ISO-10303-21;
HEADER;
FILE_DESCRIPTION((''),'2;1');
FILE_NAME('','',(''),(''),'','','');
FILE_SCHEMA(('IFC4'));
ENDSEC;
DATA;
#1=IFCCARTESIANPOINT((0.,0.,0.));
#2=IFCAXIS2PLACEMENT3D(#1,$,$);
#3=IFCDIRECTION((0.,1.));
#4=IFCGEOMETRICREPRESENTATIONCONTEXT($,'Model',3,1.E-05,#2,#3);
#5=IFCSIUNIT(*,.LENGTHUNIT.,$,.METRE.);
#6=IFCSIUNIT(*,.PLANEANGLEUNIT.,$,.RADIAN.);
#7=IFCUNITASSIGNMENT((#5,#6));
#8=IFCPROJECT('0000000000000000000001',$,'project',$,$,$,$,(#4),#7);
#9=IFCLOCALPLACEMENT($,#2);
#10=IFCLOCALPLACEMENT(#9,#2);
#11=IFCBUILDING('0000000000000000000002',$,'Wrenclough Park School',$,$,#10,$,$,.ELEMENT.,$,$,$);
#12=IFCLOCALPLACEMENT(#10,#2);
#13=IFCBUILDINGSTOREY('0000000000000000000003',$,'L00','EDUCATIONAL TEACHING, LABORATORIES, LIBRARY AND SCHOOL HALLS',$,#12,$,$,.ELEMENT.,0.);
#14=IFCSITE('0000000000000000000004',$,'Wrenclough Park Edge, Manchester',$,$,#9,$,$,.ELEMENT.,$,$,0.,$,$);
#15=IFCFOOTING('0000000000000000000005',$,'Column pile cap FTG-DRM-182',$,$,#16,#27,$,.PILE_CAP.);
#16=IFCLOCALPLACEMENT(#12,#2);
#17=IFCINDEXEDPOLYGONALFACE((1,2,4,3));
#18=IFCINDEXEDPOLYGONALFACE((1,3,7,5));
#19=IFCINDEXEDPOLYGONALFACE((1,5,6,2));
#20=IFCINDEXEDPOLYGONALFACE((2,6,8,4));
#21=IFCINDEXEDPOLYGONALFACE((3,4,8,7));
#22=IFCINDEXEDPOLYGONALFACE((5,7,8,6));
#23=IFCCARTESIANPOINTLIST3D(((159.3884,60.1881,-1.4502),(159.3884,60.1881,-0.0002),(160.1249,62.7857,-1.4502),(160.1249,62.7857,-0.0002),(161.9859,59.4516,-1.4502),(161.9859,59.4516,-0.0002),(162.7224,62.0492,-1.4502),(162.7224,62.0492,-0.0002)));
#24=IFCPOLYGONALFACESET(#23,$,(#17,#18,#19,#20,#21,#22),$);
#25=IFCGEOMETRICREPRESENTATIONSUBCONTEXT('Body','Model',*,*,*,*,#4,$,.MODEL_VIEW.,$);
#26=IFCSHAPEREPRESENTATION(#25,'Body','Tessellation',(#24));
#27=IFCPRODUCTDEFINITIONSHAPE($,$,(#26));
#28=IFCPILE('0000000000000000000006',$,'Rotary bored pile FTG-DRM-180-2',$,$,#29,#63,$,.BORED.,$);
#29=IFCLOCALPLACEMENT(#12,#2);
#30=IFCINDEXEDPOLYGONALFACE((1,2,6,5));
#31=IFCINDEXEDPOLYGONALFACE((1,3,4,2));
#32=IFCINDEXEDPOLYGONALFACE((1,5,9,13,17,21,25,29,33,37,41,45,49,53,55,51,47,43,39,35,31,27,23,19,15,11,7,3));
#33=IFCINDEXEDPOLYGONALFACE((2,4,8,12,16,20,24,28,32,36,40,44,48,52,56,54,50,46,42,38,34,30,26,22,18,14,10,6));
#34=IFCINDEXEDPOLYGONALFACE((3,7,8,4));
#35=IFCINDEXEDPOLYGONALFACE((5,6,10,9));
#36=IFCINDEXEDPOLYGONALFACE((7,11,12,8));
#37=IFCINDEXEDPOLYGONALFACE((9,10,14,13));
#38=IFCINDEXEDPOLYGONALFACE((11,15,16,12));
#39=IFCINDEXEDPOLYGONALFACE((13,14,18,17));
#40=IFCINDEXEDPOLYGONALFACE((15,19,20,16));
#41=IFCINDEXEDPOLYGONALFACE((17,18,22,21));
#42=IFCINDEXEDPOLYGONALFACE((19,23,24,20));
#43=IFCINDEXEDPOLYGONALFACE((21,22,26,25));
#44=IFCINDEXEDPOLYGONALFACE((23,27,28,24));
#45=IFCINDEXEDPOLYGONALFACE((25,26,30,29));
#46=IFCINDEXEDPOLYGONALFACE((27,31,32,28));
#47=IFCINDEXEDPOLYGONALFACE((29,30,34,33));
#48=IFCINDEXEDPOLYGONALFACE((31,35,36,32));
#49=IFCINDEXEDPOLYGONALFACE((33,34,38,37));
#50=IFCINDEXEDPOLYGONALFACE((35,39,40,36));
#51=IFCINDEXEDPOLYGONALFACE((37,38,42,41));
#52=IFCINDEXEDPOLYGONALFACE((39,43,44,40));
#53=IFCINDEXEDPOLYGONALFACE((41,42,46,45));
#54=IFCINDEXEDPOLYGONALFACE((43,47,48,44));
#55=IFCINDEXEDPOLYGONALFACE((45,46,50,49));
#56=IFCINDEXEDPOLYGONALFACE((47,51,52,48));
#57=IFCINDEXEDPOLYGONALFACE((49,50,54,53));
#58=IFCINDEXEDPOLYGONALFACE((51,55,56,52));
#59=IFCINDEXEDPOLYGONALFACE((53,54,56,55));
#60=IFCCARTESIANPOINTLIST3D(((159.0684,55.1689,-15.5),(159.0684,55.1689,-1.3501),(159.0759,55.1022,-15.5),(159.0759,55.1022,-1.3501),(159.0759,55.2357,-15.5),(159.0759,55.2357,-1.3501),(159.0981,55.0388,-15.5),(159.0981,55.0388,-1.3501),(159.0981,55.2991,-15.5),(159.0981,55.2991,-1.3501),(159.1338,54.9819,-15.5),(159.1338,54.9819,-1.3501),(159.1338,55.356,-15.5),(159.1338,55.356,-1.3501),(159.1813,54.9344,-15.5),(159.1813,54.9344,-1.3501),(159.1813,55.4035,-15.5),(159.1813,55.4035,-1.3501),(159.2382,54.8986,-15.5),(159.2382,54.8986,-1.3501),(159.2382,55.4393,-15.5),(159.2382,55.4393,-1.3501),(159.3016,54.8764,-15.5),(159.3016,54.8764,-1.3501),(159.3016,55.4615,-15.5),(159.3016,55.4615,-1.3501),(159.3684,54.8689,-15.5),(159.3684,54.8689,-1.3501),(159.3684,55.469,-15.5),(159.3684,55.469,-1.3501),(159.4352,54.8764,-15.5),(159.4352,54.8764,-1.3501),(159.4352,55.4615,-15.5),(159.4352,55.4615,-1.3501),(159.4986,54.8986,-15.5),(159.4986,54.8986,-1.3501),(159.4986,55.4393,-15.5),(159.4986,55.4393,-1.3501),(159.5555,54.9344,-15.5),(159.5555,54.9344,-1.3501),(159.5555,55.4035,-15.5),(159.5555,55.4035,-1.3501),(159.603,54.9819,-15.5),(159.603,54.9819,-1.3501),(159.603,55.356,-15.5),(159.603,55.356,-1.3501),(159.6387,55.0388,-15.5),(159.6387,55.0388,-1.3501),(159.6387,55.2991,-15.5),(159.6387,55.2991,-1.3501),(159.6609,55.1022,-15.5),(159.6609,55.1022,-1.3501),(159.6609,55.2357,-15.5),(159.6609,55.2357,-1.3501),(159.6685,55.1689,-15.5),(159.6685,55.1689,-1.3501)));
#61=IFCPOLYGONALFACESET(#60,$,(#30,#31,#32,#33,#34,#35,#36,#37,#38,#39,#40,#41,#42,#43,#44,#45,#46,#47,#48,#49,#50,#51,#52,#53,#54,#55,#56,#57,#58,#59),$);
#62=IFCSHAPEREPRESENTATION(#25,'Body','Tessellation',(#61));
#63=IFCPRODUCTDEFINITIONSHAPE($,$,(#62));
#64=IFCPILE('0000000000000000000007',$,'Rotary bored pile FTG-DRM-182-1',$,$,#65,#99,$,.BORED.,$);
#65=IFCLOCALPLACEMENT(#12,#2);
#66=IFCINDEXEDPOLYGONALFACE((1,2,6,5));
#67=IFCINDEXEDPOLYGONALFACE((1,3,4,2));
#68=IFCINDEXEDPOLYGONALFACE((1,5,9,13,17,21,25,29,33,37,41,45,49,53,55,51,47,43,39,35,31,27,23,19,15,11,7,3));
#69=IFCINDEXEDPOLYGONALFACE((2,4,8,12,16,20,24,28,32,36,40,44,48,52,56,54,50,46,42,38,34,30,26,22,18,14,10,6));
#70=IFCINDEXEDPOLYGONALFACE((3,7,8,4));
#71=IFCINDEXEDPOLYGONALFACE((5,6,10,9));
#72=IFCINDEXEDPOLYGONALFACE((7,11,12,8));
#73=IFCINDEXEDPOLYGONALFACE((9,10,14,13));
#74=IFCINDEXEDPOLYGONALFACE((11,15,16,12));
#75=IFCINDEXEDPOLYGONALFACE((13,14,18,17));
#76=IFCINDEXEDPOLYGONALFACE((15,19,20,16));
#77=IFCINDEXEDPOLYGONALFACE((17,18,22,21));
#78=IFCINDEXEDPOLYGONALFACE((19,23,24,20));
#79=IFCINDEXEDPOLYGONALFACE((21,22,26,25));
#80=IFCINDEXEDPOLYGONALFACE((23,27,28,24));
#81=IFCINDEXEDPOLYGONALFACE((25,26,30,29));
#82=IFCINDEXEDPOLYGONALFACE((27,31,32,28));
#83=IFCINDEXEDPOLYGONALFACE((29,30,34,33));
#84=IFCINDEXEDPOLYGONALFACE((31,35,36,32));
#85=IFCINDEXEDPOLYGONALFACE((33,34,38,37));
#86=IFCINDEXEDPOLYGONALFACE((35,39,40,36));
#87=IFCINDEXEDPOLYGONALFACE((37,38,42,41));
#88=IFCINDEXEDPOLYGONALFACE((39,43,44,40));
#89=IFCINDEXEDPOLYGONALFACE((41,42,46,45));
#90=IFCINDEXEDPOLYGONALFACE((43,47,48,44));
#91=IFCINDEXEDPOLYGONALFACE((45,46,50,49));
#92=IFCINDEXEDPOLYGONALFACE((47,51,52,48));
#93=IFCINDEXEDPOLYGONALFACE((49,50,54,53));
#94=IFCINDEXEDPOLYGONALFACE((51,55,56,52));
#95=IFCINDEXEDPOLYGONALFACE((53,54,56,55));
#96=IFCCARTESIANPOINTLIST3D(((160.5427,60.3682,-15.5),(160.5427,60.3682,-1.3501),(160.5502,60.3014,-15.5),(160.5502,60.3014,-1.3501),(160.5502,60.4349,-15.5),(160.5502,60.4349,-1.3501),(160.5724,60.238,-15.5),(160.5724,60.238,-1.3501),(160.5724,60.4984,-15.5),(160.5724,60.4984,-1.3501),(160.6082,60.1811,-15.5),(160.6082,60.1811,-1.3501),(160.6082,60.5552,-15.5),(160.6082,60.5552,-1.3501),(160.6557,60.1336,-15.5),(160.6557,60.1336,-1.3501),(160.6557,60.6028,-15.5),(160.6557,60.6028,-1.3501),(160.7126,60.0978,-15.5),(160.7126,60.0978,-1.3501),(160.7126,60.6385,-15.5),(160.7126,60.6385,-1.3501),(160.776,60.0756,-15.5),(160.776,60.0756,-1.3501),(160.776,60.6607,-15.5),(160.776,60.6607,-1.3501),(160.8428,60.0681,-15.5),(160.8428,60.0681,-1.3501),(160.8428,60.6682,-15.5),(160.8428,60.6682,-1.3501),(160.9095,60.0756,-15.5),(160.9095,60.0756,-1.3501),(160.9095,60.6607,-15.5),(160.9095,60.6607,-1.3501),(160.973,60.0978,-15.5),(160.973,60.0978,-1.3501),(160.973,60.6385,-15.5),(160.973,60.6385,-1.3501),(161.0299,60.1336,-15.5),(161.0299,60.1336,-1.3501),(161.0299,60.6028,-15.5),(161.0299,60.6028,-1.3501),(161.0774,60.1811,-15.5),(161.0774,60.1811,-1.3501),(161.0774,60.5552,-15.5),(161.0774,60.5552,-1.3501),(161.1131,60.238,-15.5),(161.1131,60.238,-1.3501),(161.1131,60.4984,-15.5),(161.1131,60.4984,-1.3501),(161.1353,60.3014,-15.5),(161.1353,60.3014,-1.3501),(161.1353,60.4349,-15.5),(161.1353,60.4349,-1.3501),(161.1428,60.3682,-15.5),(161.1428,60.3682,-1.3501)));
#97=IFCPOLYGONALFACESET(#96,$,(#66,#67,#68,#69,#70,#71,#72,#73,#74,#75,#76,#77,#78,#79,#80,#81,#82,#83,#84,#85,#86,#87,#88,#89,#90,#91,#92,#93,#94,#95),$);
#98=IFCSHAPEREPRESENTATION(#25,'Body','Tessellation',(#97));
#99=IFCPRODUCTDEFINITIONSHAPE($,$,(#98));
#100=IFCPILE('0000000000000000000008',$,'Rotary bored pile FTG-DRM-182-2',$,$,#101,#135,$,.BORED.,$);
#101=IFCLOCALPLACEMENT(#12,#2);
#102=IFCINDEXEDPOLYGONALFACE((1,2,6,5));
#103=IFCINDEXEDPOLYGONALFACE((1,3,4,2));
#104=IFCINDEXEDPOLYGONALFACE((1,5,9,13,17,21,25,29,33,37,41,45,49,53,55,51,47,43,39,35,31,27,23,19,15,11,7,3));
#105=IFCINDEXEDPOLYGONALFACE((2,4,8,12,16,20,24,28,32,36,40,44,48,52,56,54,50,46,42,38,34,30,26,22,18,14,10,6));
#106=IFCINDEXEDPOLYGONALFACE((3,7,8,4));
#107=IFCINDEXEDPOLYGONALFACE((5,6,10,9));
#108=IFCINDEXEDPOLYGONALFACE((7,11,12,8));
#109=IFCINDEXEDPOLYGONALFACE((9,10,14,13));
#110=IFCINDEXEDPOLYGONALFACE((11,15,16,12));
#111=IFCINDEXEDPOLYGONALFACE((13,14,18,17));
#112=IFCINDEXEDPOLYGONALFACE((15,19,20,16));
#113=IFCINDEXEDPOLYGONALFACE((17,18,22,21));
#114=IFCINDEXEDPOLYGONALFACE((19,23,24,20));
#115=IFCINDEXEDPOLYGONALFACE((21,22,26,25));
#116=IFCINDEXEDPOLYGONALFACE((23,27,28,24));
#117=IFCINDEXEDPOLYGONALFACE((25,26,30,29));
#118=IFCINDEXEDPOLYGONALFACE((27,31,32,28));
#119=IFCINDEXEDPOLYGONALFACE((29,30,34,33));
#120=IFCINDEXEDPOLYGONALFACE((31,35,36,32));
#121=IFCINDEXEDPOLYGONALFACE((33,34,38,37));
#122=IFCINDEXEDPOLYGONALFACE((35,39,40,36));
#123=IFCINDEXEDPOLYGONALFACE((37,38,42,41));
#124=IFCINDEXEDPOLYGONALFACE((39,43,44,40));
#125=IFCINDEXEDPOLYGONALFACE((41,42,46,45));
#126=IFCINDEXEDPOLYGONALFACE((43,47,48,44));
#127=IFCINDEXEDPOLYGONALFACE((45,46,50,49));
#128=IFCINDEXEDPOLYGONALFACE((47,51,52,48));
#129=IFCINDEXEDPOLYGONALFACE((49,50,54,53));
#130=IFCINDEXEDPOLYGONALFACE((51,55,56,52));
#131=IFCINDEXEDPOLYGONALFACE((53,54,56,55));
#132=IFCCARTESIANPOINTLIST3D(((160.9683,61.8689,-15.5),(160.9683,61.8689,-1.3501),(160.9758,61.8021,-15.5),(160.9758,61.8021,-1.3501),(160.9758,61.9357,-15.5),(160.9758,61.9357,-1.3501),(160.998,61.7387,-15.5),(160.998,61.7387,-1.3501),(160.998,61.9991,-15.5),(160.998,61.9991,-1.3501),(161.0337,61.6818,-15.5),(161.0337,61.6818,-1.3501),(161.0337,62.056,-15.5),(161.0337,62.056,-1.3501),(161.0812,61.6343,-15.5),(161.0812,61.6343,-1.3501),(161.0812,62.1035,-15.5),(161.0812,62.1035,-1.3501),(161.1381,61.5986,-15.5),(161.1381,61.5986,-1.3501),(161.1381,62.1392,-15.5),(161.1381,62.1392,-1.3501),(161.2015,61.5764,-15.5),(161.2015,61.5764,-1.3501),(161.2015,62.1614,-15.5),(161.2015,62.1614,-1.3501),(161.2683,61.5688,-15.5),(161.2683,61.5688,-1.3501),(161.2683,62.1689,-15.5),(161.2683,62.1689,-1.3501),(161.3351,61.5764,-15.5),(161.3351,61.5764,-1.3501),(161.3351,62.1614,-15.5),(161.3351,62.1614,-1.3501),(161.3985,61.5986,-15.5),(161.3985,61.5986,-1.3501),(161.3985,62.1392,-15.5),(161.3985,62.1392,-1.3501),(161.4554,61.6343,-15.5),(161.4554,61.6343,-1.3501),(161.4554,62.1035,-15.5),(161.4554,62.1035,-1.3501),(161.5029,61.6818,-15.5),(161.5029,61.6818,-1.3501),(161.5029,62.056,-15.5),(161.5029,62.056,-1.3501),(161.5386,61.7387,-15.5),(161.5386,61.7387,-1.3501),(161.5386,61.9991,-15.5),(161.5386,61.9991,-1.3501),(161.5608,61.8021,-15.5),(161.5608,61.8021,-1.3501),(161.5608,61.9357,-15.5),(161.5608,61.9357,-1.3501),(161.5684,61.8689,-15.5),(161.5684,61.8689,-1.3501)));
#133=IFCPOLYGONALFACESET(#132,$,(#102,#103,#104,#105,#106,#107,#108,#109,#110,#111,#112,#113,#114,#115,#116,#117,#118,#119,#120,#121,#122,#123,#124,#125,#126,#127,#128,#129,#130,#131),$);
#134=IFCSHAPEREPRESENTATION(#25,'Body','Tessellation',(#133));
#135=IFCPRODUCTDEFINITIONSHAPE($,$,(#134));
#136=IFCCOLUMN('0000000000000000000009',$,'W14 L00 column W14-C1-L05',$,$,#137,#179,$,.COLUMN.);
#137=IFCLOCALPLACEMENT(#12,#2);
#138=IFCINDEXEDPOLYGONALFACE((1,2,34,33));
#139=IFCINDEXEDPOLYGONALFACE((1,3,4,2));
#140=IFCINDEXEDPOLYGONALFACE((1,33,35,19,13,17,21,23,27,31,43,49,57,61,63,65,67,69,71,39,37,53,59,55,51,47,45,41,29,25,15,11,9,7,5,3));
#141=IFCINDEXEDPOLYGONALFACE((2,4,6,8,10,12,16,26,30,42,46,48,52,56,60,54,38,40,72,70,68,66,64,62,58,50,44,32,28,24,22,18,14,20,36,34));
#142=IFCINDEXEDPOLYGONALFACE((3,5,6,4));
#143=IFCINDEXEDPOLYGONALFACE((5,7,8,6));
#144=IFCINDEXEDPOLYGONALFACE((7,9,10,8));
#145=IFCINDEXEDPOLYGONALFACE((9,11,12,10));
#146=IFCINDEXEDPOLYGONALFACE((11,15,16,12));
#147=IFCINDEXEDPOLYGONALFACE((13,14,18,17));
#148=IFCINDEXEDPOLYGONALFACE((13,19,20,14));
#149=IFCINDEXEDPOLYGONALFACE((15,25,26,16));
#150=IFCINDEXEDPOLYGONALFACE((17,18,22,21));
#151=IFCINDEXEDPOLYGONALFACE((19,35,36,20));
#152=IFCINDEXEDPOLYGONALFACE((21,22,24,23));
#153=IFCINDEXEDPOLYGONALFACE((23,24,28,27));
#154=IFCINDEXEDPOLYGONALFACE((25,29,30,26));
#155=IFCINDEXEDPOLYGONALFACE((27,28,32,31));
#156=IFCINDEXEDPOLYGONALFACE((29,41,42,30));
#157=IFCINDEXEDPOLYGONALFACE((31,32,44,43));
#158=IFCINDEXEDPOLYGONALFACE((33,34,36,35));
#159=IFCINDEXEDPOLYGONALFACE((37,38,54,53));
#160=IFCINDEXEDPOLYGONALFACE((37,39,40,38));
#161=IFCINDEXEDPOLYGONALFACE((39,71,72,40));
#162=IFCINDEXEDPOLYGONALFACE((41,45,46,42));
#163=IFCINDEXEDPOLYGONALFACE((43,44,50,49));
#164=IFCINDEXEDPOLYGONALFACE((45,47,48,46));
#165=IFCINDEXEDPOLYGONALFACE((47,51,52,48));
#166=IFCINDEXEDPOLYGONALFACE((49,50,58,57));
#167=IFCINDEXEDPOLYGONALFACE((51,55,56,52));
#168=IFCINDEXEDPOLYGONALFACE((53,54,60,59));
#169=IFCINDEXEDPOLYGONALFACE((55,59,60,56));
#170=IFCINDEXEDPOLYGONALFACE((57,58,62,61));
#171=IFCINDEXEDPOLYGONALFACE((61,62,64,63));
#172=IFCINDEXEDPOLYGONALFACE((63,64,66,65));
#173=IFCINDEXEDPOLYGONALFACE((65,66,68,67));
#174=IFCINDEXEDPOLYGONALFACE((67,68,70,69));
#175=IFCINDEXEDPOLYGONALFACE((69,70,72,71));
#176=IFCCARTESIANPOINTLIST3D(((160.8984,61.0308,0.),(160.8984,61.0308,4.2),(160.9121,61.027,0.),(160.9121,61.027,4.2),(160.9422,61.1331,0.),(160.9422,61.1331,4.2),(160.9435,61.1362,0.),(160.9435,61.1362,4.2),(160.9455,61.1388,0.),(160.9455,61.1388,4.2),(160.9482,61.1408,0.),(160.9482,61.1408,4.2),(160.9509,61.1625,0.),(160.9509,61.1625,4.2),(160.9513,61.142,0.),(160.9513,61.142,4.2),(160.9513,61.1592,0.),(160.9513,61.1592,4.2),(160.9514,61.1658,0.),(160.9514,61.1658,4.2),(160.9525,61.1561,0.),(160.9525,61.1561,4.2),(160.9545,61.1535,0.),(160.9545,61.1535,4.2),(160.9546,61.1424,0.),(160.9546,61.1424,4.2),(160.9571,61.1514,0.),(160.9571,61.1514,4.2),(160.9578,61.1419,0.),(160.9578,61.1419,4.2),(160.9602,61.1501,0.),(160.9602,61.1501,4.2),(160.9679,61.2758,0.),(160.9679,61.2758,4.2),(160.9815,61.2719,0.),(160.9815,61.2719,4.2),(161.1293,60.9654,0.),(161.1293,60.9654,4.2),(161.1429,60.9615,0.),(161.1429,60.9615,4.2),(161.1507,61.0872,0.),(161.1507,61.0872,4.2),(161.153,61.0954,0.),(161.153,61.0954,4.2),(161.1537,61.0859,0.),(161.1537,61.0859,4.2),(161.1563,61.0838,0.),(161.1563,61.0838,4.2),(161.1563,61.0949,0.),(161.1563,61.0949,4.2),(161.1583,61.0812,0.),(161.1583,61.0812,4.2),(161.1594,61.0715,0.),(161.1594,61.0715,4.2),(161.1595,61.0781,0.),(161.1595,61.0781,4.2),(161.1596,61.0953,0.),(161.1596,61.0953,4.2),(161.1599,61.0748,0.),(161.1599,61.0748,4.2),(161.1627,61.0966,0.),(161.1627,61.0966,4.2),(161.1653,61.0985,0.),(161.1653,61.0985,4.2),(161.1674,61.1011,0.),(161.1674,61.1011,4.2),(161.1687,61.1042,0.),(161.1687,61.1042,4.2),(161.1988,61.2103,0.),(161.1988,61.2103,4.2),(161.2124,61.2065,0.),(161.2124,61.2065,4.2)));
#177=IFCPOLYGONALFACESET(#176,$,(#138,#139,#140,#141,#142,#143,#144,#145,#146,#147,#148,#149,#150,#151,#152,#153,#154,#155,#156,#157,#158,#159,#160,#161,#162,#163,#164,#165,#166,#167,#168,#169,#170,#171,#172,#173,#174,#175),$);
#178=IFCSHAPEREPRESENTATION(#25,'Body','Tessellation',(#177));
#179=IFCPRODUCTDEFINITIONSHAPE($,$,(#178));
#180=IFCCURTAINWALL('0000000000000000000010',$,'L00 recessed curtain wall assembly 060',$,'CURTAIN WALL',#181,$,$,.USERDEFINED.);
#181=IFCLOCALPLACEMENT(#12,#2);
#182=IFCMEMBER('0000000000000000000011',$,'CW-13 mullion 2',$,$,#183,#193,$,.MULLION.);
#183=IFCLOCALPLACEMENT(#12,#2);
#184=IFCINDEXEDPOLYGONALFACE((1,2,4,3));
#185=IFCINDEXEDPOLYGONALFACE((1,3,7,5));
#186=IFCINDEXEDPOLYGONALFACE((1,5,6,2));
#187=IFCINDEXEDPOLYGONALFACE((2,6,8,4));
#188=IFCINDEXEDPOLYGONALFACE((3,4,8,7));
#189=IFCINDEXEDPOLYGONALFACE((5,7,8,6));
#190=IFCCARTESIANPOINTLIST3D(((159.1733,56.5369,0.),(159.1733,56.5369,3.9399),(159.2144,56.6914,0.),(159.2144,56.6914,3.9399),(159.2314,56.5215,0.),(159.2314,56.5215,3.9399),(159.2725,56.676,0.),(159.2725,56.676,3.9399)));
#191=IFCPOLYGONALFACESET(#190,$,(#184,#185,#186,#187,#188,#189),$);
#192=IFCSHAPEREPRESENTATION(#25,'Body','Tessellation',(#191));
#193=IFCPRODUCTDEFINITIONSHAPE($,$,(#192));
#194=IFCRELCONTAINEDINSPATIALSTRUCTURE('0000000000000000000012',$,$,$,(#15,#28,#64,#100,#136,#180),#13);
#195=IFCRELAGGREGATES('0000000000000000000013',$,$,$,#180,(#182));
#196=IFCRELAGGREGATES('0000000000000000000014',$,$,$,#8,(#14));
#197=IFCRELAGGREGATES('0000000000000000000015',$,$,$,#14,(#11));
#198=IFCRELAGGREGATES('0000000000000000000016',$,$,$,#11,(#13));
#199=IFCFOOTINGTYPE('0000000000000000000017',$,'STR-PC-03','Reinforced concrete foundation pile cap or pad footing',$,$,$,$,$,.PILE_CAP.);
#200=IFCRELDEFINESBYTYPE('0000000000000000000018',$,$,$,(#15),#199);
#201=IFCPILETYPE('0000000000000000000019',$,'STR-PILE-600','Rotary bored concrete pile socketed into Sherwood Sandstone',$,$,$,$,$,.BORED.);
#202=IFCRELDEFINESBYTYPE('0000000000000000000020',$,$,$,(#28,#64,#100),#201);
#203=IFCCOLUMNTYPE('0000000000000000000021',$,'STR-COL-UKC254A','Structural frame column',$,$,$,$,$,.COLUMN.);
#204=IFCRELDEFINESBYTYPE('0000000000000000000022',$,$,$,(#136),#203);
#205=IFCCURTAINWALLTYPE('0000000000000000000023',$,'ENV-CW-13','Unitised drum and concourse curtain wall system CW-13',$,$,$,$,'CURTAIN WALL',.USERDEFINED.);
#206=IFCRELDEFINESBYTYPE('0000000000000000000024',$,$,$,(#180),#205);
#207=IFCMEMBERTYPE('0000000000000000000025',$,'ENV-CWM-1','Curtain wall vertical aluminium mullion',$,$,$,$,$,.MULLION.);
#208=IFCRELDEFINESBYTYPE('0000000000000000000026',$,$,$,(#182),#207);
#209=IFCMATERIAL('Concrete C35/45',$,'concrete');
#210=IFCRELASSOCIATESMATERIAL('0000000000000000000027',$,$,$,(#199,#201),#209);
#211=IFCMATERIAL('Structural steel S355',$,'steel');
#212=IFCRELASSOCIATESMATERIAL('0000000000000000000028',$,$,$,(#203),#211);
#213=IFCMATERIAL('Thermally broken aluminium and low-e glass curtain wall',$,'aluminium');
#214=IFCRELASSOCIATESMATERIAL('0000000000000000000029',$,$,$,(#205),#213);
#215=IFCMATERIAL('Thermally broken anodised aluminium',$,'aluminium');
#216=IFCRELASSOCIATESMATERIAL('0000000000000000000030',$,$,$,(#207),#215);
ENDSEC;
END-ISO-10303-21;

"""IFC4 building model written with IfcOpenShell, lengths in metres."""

from ifc_helpers import new_model, si_unit, direction, frame, origin, origin_2d, place, context, subcontext, project, spatial, rectangle, circle, i_section, extrude, material, material_profile, profile_set, type_object, element, aggregate, save


model = new_model("IFC4")

# Units and contexts
model_context = context("Model", 3, precision=1e-05, world=origin(), true_north=direction((0.0, 1.0)))
body_context = subcontext(model_context, "Body", "Model", "MODEL_VIEW")
ifc_project = project(units=[si_unit("LENGTHUNIT", "METRE"), si_unit("PLANEANGLEUNIT", "RADIAN")], contexts=[model_context])

# Site, building, storey
site_placement = place(None, origin())
site = spatial("IfcSite", under=ifc_project, at=site_placement, Name="Wrenclough Park Edge, Manchester", CompositionType="ELEMENT", RefElevation=0.0)
building_placement = place(site_placement, origin())
building = spatial("IfcBuilding", under=site, at=building_placement, Name="Wrenclough Park School", CompositionType="ELEMENT")
storey_placement = place(building_placement, origin())
storey = spatial("IfcBuildingStorey", under=building, at=storey_placement, Name="L00", Description="EDUCATIONAL TEACHING, LABORATORIES, LIBRARY AND SCHOOL HALLS", CompositionType="ELEMENT", Elevation=0.0)

# Footing
ifc_material_1 = material(Name="Concrete C35/45", Category="concrete")
footing_type = type_object("IfcFootingType", Name="STR-PC-03", Description="Reinforced concrete foundation pile cap or pad footing", PredefinedType="PILE_CAP", material=ifc_material_1)
footing_placement = place(storey_placement, frame((161.0554, 61.1187, -1.4502), z_axis=(0.0, 0.0, 1.0), x_axis=(0.272784, 0.962075, 0.0)))
element("IfcFooting", 1, at=footing_placement, inside=storey, type_object=footing_type, Name="Column pile cap FTG-DRM-182", PredefinedType="PILE_CAP", context=body_context, shape_type="SweptSolid", body=[
    extrude(rectangle(XDim=2.7, YDim=2.7, at=origin_2d()), origin(), (0.0, 0.0, 1.0), 1.45),
])

# Piles
ifc_material_profile_1 = material_profile(ifc_material_1, circle(Radius=0.3, at=origin_2d()), Name="BORED PILE D600")
ifc_profile_set_1 = profile_set([ifc_material_profile_1], Name="Concrete C35/45")
pile_type = type_object("IfcPileType", Name="STR-PILE-600", Description="Rotary bored concrete pile socketed into Sherwood Sandstone", PredefinedType="BORED", material=ifc_profile_set_1)
for number, where, z_axis, x_axis, name in (
    (2, (159.3684, 55.1689, -1.3501), (0.0, 0.0, -1.0), (1.0, 0.0, 0.0), "Rotary bored pile FTG-DRM-180-2"),
    (3, (160.8428, 60.3682, -1.3501), (0.0, 0.0, -1.0), (1.0, 0.0, 0.0), "Rotary bored pile FTG-DRM-182-1"),
    (4, (161.2683, 61.8689, -1.3501), (0.0, 0.0, -1.0), (1.0, 0.0, 0.0), "Rotary bored pile FTG-DRM-182-2"),
):
    element("IfcPile", number, at=place(storey_placement, frame(where, z_axis=z_axis, x_axis=x_axis)), inside=storey, type_object=pile_type, Name=name, PredefinedType="BORED", context=body_context, shape_type="SweptSolid", body=[
        extrude(circle(Radius=0.3, at=origin_2d()), origin(), (0.0, 0.0, 1.0), 14.1499),
    ])

# Column
ifc_material_2 = material(Name="Structural steel S355", Category="steel")
ifc_material_profile_2 = material_profile(ifc_material_2, i_section(OverallWidth=0.2546, OverallDepth=0.2542, WebThickness=0.0085, FlangeThickness=0.0142, FilletRadius=0.0127, at=origin_2d()), Name="UKC 254x254x73")
ifc_profile_set_2 = profile_set([ifc_material_profile_2], Name="Structural steel S355")
column_type = type_object("IfcColumnType", Name="STR-COL-UKC254A", Description="Structural frame column", PredefinedType="COLUMN", material=ifc_profile_set_2)
column_placement = place(storey_placement, frame((161.0554, 61.1187, 0.0), z_axis=(0.0, 0.0, 1.0), x_axis=(0.272784, 0.962075, 0.0)))
element("IfcColumn", 5, at=column_placement, inside=storey, type_object=column_type, Name="W14 L00 column W14-C1-L05", PredefinedType="COLUMN", context=body_context, shape_type="SweptSolid", body=[
    extrude(i_section(OverallWidth=0.2546, OverallDepth=0.2542, WebThickness=0.0085, FlangeThickness=0.0142, FilletRadius=0.0127, at=origin_2d()), origin(), (0.0, 0.0, 1.0), 4.2),
])

# Curtain wall, member
ifc_material_3 = material(Name="Thermally broken aluminium and low-e glass curtain wall", Category="aluminium")
curtain_wall_type = type_object("IfcCurtainWallType", Name="ENV-CW-13", Description="Unitised drum and concourse curtain wall system CW-13", ElementType="CURTAIN WALL", PredefinedType="USERDEFINED", material=ifc_material_3)
curtain_wall_placement = place(storey_placement, origin())
curtain_wall = element("IfcCurtainWall", 6, at=curtain_wall_placement, inside=storey, type_object=curtain_wall_type, Name="L00 recessed curtain wall assembly 060", ObjectType="CURTAIN WALL", PredefinedType="USERDEFINED")
ifc_material_4 = material(Name="Thermally broken anodised aluminium", Category="aluminium")
ifc_material_profile_3 = material_profile(ifc_material_4, rectangle(XDim=0.0601, YDim=0.1599, at=origin_2d()), Name="AL MULLION 60x160")
ifc_profile_set_3 = profile_set([ifc_material_profile_3], Name="Thermally broken anodised aluminium")
member_type_1 = type_object("IfcMemberType", Name="ENV-CWM-1", Description="Curtain wall vertical aluminium mullion", PredefinedType="MULLION", material=ifc_profile_set_3)
member_1_placement = place(storey_placement, frame((159.2229, 56.6064, 0.0), z_axis=(0.0, 0.0, 1.0), x_axis=(-0.966438, 0.2569, 0.0)))
member_1 = element("IfcMember", 7, at=member_1_placement, type_object=member_type_1, Name="CW-13 mullion 2", PredefinedType="MULLION", context=body_context, shape_type="SweptSolid", body=[
    extrude(rectangle(XDim=0.0601, YDim=0.1599, at=origin_2d()), origin(), (0.0, 0.0, 1.0), 3.9399),
])

aggregate(curtain_wall, [member_1])

save(model, "model.ifc")
